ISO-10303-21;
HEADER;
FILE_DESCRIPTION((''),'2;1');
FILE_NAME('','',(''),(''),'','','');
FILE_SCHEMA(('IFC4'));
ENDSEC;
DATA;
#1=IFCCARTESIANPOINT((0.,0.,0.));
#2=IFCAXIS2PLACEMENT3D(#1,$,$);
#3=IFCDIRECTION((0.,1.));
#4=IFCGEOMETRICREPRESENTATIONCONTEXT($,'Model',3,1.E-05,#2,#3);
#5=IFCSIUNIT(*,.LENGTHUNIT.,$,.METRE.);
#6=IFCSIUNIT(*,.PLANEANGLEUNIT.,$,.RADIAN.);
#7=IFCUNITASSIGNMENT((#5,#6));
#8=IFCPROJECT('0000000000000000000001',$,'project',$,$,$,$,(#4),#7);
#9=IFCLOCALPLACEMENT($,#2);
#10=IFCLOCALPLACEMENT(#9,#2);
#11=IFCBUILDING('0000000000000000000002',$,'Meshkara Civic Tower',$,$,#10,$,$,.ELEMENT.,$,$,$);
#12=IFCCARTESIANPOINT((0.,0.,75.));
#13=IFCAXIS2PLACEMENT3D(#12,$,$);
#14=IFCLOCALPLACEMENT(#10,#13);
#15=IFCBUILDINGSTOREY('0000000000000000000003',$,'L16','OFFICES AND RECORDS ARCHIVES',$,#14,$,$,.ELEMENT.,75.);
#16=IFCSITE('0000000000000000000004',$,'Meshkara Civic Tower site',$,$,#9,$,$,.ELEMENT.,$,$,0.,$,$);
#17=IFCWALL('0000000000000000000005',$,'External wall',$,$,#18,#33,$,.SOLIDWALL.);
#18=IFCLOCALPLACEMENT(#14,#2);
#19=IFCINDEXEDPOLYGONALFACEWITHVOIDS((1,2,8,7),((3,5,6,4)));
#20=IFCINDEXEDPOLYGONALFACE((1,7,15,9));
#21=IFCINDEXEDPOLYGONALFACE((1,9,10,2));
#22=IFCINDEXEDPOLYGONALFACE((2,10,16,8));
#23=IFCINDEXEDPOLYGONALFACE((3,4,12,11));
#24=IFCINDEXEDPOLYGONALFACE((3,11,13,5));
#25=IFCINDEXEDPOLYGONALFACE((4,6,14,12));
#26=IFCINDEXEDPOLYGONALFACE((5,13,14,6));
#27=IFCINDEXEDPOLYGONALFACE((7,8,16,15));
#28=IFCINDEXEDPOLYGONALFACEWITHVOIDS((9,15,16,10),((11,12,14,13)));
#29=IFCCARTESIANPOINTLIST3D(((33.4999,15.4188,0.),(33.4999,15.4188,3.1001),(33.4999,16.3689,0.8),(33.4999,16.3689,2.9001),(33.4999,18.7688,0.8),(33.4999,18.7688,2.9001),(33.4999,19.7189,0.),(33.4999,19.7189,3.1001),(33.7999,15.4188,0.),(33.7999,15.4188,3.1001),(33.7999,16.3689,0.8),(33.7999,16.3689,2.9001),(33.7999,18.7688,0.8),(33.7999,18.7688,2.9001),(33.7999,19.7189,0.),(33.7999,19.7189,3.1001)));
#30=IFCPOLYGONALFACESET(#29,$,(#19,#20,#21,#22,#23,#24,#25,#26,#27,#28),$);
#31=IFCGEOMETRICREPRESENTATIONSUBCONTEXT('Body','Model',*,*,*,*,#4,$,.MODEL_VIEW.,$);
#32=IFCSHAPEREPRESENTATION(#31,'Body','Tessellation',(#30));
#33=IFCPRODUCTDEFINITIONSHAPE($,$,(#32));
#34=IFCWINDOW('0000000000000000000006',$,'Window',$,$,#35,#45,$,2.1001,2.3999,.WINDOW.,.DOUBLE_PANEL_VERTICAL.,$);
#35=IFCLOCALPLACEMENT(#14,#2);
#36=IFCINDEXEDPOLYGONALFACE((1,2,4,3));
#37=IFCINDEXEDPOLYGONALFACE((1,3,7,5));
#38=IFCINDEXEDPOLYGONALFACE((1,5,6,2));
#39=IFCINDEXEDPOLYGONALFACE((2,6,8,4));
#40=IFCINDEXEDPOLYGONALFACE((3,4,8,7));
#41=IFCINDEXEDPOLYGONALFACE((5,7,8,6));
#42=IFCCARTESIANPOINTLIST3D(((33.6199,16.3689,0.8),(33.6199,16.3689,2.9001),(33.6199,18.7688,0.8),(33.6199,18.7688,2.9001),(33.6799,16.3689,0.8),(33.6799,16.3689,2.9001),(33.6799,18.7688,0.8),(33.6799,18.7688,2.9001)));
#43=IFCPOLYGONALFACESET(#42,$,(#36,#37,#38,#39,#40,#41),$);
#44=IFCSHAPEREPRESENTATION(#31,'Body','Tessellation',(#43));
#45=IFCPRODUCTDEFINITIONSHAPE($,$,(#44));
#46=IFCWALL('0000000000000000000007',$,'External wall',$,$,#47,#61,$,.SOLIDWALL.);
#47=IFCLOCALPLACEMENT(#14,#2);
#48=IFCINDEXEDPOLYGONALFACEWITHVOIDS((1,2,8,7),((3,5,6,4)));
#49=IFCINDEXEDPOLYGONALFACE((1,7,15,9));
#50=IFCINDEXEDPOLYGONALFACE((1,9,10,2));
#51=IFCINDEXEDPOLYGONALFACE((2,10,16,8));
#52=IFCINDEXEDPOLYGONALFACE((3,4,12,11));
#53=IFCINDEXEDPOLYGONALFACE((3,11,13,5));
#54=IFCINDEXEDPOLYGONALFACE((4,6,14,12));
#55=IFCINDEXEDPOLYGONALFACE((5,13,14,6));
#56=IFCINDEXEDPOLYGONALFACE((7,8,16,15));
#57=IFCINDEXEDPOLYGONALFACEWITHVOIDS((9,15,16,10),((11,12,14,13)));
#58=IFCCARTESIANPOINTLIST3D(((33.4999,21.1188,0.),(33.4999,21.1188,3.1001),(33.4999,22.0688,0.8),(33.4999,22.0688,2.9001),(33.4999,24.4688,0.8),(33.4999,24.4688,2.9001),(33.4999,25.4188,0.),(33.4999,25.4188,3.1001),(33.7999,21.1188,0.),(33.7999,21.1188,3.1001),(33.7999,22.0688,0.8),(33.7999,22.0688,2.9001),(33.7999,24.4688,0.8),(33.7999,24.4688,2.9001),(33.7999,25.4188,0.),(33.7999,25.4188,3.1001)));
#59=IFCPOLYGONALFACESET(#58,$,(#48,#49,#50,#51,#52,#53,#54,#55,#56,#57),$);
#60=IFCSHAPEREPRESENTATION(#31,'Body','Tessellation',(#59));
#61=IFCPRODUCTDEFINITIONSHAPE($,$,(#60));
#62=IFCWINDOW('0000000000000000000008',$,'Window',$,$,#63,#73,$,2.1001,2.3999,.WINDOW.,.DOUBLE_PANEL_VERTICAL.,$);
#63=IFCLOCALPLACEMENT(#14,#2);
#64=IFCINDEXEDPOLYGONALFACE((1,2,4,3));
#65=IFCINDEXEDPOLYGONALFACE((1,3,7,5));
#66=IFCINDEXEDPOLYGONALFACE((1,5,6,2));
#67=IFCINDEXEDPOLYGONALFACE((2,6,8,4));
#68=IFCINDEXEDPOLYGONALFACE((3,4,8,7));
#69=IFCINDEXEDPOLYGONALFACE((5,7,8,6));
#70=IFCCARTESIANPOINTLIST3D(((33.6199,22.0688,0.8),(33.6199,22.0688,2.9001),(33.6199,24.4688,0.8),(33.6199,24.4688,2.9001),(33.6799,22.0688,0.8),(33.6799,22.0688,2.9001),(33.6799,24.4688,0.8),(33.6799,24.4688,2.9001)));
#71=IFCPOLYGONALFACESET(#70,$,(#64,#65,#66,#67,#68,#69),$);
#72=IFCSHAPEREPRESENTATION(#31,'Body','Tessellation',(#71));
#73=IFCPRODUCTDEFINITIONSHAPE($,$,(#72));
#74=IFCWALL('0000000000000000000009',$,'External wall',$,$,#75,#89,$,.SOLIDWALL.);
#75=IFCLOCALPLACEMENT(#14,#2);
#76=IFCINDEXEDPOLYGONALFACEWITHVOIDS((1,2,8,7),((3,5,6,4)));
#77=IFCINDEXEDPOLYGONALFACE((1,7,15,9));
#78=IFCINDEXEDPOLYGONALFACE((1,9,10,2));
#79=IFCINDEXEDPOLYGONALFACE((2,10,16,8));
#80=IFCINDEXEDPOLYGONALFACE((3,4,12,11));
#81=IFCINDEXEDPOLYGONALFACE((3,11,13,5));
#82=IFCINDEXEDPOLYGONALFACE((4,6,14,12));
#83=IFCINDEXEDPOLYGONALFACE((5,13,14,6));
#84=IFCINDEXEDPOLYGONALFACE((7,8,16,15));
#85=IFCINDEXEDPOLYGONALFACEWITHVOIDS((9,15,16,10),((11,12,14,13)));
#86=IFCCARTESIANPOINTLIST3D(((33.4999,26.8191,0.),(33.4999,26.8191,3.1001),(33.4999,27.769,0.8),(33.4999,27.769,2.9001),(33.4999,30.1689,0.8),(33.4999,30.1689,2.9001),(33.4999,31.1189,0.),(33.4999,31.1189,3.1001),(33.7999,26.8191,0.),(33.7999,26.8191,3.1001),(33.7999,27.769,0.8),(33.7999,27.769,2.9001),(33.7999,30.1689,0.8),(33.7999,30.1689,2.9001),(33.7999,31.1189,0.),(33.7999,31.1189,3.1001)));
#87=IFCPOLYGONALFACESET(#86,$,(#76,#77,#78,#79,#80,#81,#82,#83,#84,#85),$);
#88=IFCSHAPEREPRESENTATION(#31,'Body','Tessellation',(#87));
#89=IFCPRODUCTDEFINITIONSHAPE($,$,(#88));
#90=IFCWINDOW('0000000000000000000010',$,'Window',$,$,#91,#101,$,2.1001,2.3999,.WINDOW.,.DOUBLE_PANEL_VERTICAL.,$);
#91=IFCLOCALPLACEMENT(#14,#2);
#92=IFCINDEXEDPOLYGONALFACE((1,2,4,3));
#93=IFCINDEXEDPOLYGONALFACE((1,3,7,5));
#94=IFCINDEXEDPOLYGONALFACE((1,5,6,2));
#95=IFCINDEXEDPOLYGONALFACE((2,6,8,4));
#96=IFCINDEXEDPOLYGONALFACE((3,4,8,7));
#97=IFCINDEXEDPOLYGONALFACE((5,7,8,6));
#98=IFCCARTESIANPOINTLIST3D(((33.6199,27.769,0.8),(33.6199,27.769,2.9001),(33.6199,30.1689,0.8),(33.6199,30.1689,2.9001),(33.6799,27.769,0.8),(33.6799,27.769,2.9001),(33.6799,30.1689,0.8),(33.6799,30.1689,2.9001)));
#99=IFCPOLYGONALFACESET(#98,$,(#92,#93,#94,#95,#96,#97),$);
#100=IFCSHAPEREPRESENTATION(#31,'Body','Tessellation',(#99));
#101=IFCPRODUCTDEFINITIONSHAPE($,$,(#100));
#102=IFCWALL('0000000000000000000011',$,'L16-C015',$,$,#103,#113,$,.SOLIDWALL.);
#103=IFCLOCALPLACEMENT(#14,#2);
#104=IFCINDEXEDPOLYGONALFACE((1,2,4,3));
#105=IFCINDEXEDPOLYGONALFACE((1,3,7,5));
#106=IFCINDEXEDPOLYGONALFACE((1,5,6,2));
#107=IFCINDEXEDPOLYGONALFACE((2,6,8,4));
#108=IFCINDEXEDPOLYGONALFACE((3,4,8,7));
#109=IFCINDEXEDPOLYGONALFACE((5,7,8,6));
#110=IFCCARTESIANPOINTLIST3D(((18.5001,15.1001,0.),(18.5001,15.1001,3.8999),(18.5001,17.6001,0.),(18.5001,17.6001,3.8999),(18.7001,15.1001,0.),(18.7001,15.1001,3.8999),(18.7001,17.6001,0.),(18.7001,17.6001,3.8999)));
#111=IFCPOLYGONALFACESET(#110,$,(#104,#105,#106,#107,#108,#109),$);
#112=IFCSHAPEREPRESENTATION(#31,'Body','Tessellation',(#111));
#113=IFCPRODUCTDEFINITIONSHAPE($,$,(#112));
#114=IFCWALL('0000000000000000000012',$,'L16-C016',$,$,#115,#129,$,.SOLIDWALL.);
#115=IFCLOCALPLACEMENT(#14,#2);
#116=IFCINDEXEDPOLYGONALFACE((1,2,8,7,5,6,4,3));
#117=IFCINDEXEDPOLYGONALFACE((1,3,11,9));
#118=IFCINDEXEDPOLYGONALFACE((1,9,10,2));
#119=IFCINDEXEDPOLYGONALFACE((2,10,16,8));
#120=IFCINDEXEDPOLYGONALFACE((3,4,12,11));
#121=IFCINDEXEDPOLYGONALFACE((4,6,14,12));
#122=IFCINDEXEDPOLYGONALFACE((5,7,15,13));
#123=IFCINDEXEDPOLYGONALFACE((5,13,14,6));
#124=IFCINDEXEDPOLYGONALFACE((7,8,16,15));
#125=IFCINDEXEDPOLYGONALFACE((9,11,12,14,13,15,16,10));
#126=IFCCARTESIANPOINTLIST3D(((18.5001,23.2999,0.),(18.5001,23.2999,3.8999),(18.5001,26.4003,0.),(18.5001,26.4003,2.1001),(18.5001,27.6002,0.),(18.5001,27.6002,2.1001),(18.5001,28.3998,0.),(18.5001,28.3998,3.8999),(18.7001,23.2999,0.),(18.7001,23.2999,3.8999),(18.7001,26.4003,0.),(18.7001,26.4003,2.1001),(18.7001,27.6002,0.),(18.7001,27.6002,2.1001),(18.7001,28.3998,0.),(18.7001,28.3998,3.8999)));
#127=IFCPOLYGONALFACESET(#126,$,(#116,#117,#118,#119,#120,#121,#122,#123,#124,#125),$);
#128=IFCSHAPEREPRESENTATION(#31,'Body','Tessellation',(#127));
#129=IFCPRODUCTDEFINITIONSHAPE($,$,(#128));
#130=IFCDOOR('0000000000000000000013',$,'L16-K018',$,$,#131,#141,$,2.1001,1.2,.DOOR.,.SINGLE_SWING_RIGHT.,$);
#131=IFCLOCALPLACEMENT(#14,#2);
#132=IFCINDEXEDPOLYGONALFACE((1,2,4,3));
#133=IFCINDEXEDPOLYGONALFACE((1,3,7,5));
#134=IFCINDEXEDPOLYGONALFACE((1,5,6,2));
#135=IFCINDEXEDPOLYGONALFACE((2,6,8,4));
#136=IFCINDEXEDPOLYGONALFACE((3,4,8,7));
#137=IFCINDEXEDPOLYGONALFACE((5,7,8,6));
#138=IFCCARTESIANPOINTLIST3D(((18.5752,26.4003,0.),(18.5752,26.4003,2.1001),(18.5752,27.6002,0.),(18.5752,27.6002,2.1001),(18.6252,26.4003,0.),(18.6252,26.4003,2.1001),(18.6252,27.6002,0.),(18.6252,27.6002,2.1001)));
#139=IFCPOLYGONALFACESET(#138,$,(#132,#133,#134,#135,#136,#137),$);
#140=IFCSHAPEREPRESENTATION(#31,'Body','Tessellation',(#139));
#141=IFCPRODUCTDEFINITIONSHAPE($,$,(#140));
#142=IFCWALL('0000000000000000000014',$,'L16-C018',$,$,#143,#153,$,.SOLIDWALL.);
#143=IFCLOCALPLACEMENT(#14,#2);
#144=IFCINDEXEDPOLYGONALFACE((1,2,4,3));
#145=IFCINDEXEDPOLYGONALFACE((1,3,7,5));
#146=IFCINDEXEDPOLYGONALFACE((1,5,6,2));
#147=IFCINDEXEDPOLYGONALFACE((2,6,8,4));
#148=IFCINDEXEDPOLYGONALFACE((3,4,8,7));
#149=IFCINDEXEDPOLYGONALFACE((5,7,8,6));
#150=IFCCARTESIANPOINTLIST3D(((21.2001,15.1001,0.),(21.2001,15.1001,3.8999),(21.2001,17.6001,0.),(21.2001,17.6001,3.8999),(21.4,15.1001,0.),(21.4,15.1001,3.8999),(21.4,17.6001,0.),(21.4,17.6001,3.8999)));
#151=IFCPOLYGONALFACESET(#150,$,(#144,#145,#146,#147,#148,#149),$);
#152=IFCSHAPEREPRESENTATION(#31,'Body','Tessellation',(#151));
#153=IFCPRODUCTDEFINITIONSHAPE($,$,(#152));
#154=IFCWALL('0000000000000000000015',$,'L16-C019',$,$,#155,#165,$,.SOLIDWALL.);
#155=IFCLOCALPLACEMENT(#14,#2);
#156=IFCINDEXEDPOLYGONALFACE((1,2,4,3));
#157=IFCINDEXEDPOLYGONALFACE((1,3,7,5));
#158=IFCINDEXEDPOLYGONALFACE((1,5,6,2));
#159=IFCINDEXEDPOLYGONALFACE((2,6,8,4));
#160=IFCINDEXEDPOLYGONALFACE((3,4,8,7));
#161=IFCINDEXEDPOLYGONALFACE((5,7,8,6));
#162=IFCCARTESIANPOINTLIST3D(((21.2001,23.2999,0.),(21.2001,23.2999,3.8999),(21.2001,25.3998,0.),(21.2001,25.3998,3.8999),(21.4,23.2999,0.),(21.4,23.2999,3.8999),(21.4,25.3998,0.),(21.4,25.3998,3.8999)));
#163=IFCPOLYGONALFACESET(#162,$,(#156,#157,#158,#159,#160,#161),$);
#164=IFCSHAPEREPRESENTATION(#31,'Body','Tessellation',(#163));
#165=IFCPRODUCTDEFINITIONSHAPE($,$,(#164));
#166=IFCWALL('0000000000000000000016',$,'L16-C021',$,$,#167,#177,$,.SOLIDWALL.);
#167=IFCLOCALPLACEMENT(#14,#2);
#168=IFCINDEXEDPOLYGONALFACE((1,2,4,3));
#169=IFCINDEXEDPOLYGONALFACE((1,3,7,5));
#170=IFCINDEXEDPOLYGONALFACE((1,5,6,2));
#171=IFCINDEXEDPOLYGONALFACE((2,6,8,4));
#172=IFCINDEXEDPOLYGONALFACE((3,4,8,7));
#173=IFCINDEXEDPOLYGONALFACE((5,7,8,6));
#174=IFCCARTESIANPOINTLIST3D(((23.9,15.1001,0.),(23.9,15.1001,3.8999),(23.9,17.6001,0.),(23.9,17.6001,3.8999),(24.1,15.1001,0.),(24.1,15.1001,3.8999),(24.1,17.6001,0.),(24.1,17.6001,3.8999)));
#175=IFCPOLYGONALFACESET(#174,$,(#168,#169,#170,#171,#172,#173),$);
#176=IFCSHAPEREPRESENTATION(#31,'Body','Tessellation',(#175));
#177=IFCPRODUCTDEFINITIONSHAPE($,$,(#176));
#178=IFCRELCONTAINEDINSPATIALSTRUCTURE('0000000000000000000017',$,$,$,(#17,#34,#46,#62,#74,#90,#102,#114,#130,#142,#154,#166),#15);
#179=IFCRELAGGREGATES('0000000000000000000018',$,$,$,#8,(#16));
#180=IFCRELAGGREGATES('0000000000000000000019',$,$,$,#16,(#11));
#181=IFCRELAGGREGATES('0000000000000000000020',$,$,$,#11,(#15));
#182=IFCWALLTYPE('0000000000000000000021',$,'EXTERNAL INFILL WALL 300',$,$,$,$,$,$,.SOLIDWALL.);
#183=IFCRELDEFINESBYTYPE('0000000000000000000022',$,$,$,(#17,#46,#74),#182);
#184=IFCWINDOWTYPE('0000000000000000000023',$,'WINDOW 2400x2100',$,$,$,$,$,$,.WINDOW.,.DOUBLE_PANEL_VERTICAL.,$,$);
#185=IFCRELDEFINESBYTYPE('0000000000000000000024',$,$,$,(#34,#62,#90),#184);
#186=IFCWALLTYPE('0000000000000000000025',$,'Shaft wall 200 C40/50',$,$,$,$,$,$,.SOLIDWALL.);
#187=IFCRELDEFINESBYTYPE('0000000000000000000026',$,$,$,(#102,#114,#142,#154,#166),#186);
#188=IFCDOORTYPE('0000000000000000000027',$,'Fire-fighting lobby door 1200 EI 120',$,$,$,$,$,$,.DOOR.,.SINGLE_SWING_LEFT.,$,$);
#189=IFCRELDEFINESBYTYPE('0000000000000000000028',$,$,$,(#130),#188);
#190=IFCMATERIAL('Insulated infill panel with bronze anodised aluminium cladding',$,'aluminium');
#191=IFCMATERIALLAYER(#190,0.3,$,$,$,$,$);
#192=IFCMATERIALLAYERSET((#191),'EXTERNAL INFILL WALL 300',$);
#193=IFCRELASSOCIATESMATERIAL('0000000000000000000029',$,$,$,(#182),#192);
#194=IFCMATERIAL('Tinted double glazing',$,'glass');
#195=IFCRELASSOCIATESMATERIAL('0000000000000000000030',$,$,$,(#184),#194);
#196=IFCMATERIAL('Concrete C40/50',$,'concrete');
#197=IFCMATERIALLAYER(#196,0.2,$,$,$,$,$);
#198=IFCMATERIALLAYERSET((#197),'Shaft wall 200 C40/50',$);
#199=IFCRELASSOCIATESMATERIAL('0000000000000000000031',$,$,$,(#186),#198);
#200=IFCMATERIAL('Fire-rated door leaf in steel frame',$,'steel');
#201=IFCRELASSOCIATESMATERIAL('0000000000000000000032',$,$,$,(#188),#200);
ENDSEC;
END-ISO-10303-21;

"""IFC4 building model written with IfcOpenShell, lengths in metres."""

from ifc_helpers import new_model, si_unit, direction, frame, frame_2d, origin, place, context, subcontext, project, spatial, rectangle, extrude, material, layer, layer_set, type_object, element, fill, save


model = new_model("IFC4")

# Units and contexts
model_context = context("Model", 3, precision=1e-05, world=origin(), true_north=direction((0.0, 1.0)))
body_context = subcontext(model_context, "Body", "Model", "MODEL_VIEW")
ifc_project = project(units=[si_unit("LENGTHUNIT", "METRE"), si_unit("PLANEANGLEUNIT", "RADIAN")], contexts=[model_context])

# Site, building, storey
site_placement = place(None, origin())
site = spatial("IfcSite", under=ifc_project, at=site_placement, Name="Meshkara Civic Tower site", CompositionType="ELEMENT", RefElevation=0.0)
building_placement = place(site_placement, origin())
building = spatial("IfcBuilding", under=site, at=building_placement, Name="Meshkara Civic Tower", CompositionType="ELEMENT")
storey_placement = place(building_placement, frame((0.0, 0.0, 75.0)))
storey = spatial("IfcBuildingStorey", under=building, at=storey_placement, Name="L16", Description="OFFICES AND RECORDS ARCHIVES", CompositionType="ELEMENT", Elevation=75.0)

# Walls, openings, windows
ifc_material_1 = material(Name="Insulated infill panel with bronze anodised aluminium cladding", Category="aluminium")
ifc_layer_1 = layer(ifc_material_1, 0.3)
ifc_layer_set_1 = layer_set([ifc_layer_1], Name="EXTERNAL INFILL WALL 300")
wall_type_1 = type_object("IfcWallType", Name="EXTERNAL INFILL WALL 300", PredefinedType="SOLIDWALL", material=ifc_layer_set_1)
ifc_material_2 = material(Name="Tinted double glazing", Category="glass")
window_type = type_object("IfcWindowType", Name="WINDOW 2400x2100", PartitioningType="DOUBLE_PANEL_VERTICAL", PredefinedType="WINDOW", material=ifc_material_2)
wall_1_placement = place(storey_placement, frame((33.6499, 15.4189, 0.0), z_axis=(0.0, 0.0, 1.0), x_axis=(0.0, 1.0, 0.0)))
wall_1 = element("IfcWall", 1, at=wall_1_placement, inside=storey, type_object=wall_type_1, Name="External wall", PredefinedType="SOLIDWALL", context=body_context, shape_type="SweptSolid", body=[
    extrude(rectangle(XDim=4.3, YDim=0.3, at=frame_2d((2.1499, 0.0))), origin(), (0.0, 0.0, 1.0), 3.1001),
])
opening_1_placement = place(wall_1_placement, frame((0.95, 0.0, 0.8)))
opening_1 = element("IfcOpeningElement", 2, at=opening_1_placement, cuts=wall_1, PredefinedType="OPENING", context=body_context, shape_type="SweptSolid", body=[
    extrude(rectangle(XDim=2.3999, YDim=2.1001, at=frame_2d((1.2, 1.05))), frame((0.0, 0.1599, 0.0), z_axis=(0.0, -1.0, 0.0), x_axis=(1.0, 0.0, 0.0)), (0.0, 0.0, 1.0), 0.3201),
])
window_1_placement = place(opening_1_placement, origin())
window_1 = element("IfcWindow", 3, at=window_1_placement, inside=storey, type_object=window_type, Name="Window", OverallHeight=2.1001, OverallWidth=2.3999, PartitioningType="DOUBLE_PANEL_VERTICAL", PredefinedType="WINDOW", context=body_context, shape_type="SweptSolid", body=[
    extrude(rectangle(XDim=2.3999, YDim=2.1001, at=frame_2d((1.2, 1.05))), frame((0.0, 0.03, 0.0), z_axis=(0.0, -1.0, 0.0), x_axis=(1.0, 0.0, 0.0)), (0.0, 0.0, 1.0), 0.0601),
])
fill(opening_1, window_1)
wall_2_placement = place(storey_placement, frame((33.6499, 21.1189, 0.0), z_axis=(0.0, 0.0, 1.0), x_axis=(0.0, 1.0, 0.0)))
wall_2 = element("IfcWall", 4, at=wall_2_placement, inside=storey, type_object=wall_type_1, Name="External wall", PredefinedType="SOLIDWALL", context=body_context, shape_type="SweptSolid", body=[
    extrude(rectangle(XDim=4.3, YDim=0.3, at=frame_2d((2.1499, 0.0))), origin(), (0.0, 0.0, 1.0), 3.1001),
])
opening_2_placement = place(wall_2_placement, frame((0.95, 0.0, 0.8)))
opening_2 = element("IfcOpeningElement", 5, at=opening_2_placement, cuts=wall_2, PredefinedType="OPENING", context=body_context, shape_type="SweptSolid", body=[
    extrude(rectangle(XDim=2.3999, YDim=2.1001, at=frame_2d((1.2, 1.05))), frame((0.0, 0.1599, 0.0), z_axis=(0.0, -1.0, 0.0), x_axis=(1.0, 0.0, 0.0)), (0.0, 0.0, 1.0), 0.3201),
])
window_2_placement = place(opening_2_placement, origin())
window_2 = element("IfcWindow", 6, at=window_2_placement, inside=storey, type_object=window_type, Name="Window", OverallHeight=2.1001, OverallWidth=2.3999, PartitioningType="DOUBLE_PANEL_VERTICAL", PredefinedType="WINDOW", context=body_context, shape_type="SweptSolid", body=[
    extrude(rectangle(XDim=2.3999, YDim=2.1001, at=frame_2d((1.2, 1.05))), frame((0.0, 0.03, 0.0), z_axis=(0.0, -1.0, 0.0), x_axis=(1.0, 0.0, 0.0)), (0.0, 0.0, 1.0), 0.0601),
])
fill(opening_2, window_2)
wall_3_placement = place(storey_placement, frame((33.6499, 26.8191, 0.0), z_axis=(0.0, 0.0, 1.0), x_axis=(0.0, 1.0, 0.0)))
wall_3 = element("IfcWall", 7, at=wall_3_placement, inside=storey, type_object=wall_type_1, Name="External wall", PredefinedType="SOLIDWALL", context=body_context, shape_type="SweptSolid", body=[
    extrude(rectangle(XDim=4.2998, YDim=0.3, at=frame_2d((2.1499, 0.0))), origin(), (0.0, 0.0, 1.0), 3.1001),
])
opening_3_placement = place(wall_3_placement, frame((0.95, 0.0, 0.8)))
opening_3 = element("IfcOpeningElement", 8, at=opening_3_placement, cuts=wall_3, PredefinedType="OPENING", context=body_context, shape_type="SweptSolid", body=[
    extrude(rectangle(XDim=2.3999, YDim=2.1001, at=frame_2d((1.2, 1.05))), frame((0.0, 0.1599, 0.0), z_axis=(0.0, -1.0, 0.0), x_axis=(1.0, 0.0, 0.0)), (0.0, 0.0, 1.0), 0.3201),
])
window_3_placement = place(opening_3_placement, origin())
window_3 = element("IfcWindow", 9, at=window_3_placement, inside=storey, type_object=window_type, Name="Window", OverallHeight=2.1001, OverallWidth=2.3999, PartitioningType="DOUBLE_PANEL_VERTICAL", PredefinedType="WINDOW", context=body_context, shape_type="SweptSolid", body=[
    extrude(rectangle(XDim=2.3999, YDim=2.1001, at=frame_2d((1.2, 1.05))), frame((0.0, 0.03, 0.0), z_axis=(0.0, -1.0, 0.0), x_axis=(1.0, 0.0, 0.0)), (0.0, 0.0, 1.0), 0.0601),
])
fill(opening_3, window_3)

# Wall
ifc_material_3 = material(Name="Concrete C40/50", Category="concrete")
ifc_layer_2 = layer(ifc_material_3, 0.2)
ifc_layer_set_2 = layer_set([ifc_layer_2], Name="Shaft wall 200 C40/50")
wall_type_2 = type_object("IfcWallType", Name="Shaft wall 200 C40/50", PredefinedType="SOLIDWALL", material=ifc_layer_set_2)
wall_4_placement = place(storey_placement, frame((18.6001, 15.1001, 0.0), z_axis=(0.0, 0.0, 1.0), x_axis=(0.0, 1.0, 0.0)))
element("IfcWall", 10, at=wall_4_placement, inside=storey, type_object=wall_type_2, Name="L16-C015", PredefinedType="SOLIDWALL", context=body_context, shape_type="SweptSolid", body=[
    extrude(rectangle(XDim=2.5, YDim=0.2, at=frame_2d((1.25, 0.0))), origin(), (0.0, 0.0, 1.0), 3.8999),
])

# Wall, opening, door
wall_5_placement = place(storey_placement, frame((18.6001, 23.3, 0.0), z_axis=(0.0, 0.0, 1.0), x_axis=(0.0, 1.0, 0.0)))
wall_5 = element("IfcWall", 11, at=wall_5_placement, inside=storey, type_object=wall_type_2, Name="L16-C016", PredefinedType="SOLIDWALL", context=body_context, shape_type="SweptSolid", body=[
    extrude(rectangle(XDim=5.0999, YDim=0.2, at=frame_2d((2.5498, 0.0))), origin(), (0.0, 0.0, 1.0), 3.8999),
])
opening_4_placement = place(wall_5_placement, frame((3.1001, 0.0, 0.0)))
opening_4 = element("IfcOpeningElement", 12, at=opening_4_placement, cuts=wall_5, PredefinedType="OPENING", context=body_context, shape_type="SweptSolid", body=[
    extrude(rectangle(XDim=1.2, YDim=2.1001, at=frame_2d((0.6001, 1.05))), frame((0.0, 0.1099, 0.0), z_axis=(0.0, -1.0, 0.0), x_axis=(1.0, 0.0, 0.0)), (0.0, 0.0, 1.0), 0.22),
])
ifc_material_4 = material(Name="Fire-rated door leaf in steel frame", Category="steel")
door_type_1 = type_object("IfcDoorType", Name="Fire-fighting lobby door 1200 EI 120", OperationType="SINGLE_SWING_LEFT", PredefinedType="DOOR", material=ifc_material_4)
door_1_placement = place(opening_4_placement, origin())
door_1 = element("IfcDoor", 13, at=door_1_placement, inside=storey, type_object=door_type_1, Name="L16-K018", OperationType="SINGLE_SWING_RIGHT", OverallHeight=2.1001, OverallWidth=1.2, PredefinedType="DOOR", context=body_context, shape_type="SweptSolid", body=[
    extrude(rectangle(XDim=1.2, YDim=2.1001, at=frame_2d((0.6001, 1.05))), frame((0.0, 0.0249, 0.0), z_axis=(0.0, -1.0, 0.0), x_axis=(1.0, 0.0, 0.0)), (0.0, 0.0, 1.0), 0.05),
])
fill(opening_4, door_1)

# Walls
wall_6_placement = place(storey_placement, frame((21.3, 15.1001, 0.0), z_axis=(0.0, 0.0, 1.0), x_axis=(0.0, 1.0, 0.0)))
element("IfcWall", 14, at=wall_6_placement, inside=storey, type_object=wall_type_2, Name="L16-C018", PredefinedType="SOLIDWALL", context=body_context, shape_type="SweptSolid", body=[
    extrude(rectangle(XDim=2.5, YDim=0.2, at=frame_2d((1.25, 0.0))), origin(), (0.0, 0.0, 1.0), 3.8999),
])
wall_7_placement = place(storey_placement, frame((21.3, 23.3, 0.0), z_axis=(0.0, 0.0, 1.0), x_axis=(0.0, 1.0, 0.0)))
element("IfcWall", 15, at=wall_7_placement, inside=storey, type_object=wall_type_2, Name="L16-C019", PredefinedType="SOLIDWALL", context=body_context, shape_type="SweptSolid", body=[
    extrude(rectangle(XDim=2.0999, YDim=0.2, at=frame_2d((1.0498, 0.0))), origin(), (0.0, 0.0, 1.0), 3.8999),
])
wall_8_placement = place(storey_placement, frame((24.0, 15.1001, 0.0), z_axis=(0.0, 0.0, 1.0), x_axis=(0.0, 1.0, 0.0)))
element("IfcWall", 16, at=wall_8_placement, inside=storey, type_object=wall_type_2, Name="L16-C021", PredefinedType="SOLIDWALL", context=body_context, shape_type="SweptSolid", body=[
    extrude(rectangle(XDim=2.5, YDim=0.2, at=frame_2d((1.25, 0.0))), origin(), (0.0, 0.0, 1.0), 3.8999),
])

save(model, "model.ifc")
